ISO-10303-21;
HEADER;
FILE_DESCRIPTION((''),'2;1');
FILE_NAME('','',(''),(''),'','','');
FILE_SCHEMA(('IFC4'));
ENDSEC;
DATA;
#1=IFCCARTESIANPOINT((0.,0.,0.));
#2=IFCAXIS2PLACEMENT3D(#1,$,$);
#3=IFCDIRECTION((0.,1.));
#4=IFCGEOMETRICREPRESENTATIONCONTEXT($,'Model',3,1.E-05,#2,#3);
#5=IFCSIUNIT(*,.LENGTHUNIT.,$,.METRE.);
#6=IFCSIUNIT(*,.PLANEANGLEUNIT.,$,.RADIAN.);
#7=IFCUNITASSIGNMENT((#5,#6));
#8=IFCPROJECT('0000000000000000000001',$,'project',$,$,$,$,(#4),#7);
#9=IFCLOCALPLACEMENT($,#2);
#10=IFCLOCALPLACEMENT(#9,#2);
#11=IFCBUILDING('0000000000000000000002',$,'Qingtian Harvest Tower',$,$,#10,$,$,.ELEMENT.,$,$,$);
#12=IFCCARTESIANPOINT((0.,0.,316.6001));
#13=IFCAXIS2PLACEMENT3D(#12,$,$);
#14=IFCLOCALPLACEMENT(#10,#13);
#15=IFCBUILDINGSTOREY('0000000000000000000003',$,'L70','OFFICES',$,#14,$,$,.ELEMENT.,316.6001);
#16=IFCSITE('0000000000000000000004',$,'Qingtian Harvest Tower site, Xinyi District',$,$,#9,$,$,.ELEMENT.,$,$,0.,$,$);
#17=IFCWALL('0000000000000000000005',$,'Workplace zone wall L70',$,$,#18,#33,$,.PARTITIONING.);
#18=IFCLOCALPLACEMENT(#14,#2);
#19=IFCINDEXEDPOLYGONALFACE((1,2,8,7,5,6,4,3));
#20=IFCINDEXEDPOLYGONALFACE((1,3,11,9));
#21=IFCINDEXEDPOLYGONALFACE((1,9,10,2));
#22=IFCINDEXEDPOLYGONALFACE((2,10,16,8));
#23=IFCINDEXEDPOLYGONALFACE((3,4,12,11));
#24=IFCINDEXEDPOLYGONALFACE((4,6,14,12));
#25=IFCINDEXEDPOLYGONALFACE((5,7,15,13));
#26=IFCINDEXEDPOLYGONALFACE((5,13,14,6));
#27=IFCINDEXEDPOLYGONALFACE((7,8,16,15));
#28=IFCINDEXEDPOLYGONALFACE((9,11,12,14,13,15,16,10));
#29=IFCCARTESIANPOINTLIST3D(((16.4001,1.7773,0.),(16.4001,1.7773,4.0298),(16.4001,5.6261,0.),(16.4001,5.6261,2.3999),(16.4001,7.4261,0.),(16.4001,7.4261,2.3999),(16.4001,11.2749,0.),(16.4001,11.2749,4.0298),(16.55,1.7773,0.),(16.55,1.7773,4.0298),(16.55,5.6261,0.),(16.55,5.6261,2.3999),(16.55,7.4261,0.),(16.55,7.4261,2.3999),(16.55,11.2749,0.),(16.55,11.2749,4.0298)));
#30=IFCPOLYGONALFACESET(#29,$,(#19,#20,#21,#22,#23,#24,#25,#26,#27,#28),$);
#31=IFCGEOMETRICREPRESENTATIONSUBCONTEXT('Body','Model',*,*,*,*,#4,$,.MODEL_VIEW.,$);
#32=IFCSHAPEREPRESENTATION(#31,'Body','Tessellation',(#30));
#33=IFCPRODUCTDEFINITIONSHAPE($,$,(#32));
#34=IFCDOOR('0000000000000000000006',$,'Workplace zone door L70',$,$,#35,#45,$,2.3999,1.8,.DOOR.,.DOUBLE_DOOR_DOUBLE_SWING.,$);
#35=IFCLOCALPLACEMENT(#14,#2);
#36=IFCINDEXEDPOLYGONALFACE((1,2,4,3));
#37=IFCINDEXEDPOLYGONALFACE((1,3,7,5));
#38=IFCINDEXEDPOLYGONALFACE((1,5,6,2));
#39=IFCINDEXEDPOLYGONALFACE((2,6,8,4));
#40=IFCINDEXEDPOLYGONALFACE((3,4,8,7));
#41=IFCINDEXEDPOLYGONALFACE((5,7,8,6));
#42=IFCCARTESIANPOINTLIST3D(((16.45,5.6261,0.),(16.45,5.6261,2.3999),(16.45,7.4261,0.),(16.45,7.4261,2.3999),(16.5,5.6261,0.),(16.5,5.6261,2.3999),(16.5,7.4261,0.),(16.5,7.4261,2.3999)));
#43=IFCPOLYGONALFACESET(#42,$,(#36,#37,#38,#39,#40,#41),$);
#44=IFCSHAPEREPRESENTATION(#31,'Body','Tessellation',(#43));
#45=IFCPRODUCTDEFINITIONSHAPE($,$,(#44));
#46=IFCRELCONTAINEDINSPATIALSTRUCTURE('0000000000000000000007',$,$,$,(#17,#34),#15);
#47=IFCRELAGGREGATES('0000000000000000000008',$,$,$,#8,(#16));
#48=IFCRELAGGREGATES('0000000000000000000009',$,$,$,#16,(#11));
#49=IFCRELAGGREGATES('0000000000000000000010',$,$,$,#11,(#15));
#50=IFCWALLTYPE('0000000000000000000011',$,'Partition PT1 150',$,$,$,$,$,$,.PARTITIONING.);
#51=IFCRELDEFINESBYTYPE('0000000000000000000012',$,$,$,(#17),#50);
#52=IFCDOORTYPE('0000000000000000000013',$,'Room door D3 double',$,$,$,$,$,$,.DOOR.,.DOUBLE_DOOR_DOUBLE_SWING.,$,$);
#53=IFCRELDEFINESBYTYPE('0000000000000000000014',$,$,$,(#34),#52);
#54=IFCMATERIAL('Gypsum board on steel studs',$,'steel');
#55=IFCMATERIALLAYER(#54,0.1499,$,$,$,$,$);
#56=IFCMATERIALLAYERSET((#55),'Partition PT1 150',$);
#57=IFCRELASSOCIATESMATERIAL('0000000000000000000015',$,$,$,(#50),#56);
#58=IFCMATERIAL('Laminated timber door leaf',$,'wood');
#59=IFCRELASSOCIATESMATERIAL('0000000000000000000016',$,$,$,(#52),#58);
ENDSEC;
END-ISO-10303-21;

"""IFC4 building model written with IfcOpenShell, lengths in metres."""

from ifc_helpers import new_model, si_unit, direction, frame, frame_2d, origin, place, context, subcontext, project, spatial, rectangle, extrude, material, layer, layer_set, type_object, element, fill, save


model = new_model("IFC4")

# Units and contexts
model_context = context("Model", 3, precision=1e-05, world=origin(), true_north=direction((0.0, 1.0)))
body_context = subcontext(model_context, "Body", "Model", "MODEL_VIEW")
ifc_project = project(units=[si_unit("LENGTHUNIT", "METRE"), si_unit("PLANEANGLEUNIT", "RADIAN")], contexts=[model_context])

# Site, building, storey
site_placement = place(None, origin())
site = spatial("IfcSite", under=ifc_project, at=site_placement, Name="Qingtian Harvest Tower site, Xinyi District", CompositionType="ELEMENT", RefElevation=0.0)
building_placement = place(site_placement, origin())
building = spatial("IfcBuilding", under=site, at=building_placement, Name="Qingtian Harvest Tower", CompositionType="ELEMENT")
storey_placement = place(building_placement, frame((0.0, 0.0, 316.6001)))
storey = spatial("IfcBuildingStorey", under=building, at=storey_placement, Name="L70", Description="OFFICES", CompositionType="ELEMENT", Elevation=316.6001)

# Shared definitions
ifc_material_1 = material(Name="Gypsum board on steel studs", Category="steel")
ifc_layer_1 = layer(ifc_material_1, 0.1499)
ifc_layer_set_1 = layer_set([ifc_layer_1], Name="Partition PT1 150")
wall_type = type_object("IfcWallType", Name="Partition PT1 150", PredefinedType="PARTITIONING", material=ifc_layer_set_1)

# Wall, opening, door
wall_1_placement = place(storey_placement, frame((16.4751, 11.2749, 0.0), z_axis=(0.0, 0.0, 1.0), x_axis=(0.0, -1.0, 0.0)))
wall_1 = element("IfcWall", 1, at=wall_1_placement, inside=storey, type_object=wall_type, Name="Workplace zone wall L70", PredefinedType="PARTITIONING", context=body_context, shape_type="SweptSolid", body=[
    extrude(rectangle(XDim=9.4976, YDim=0.1499, at=frame_2d((4.7488, 0.0))), origin(), (0.0, 0.0, 1.0), 4.0298),
])
opening_placement = place(wall_1_placement, frame((3.8489, 0.0, 0.0)))
opening = element("IfcOpeningElement", 2, at=opening_placement, cuts=wall_1, PredefinedType="OPENING", context=body_context, shape_type="SweptSolid", body=[
    extrude(rectangle(XDim=1.8, YDim=2.3999, at=frame_2d((0.8999, 1.2))), frame((0.0, 0.085, 0.0), z_axis=(0.0, -1.0, 0.0), x_axis=(1.0, 0.0, 0.0)), (0.0, 0.0, 1.0), 0.1699),
])
ifc_material_2 = material(Name="Laminated timber door leaf", Category="wood")
door_type = type_object("IfcDoorType", Name="Room door D3 double", OperationType="DOUBLE_DOOR_DOUBLE_SWING", PredefinedType="DOOR", material=ifc_material_2)
door_placement = place(opening_placement, origin())
door = element("IfcDoor", 3, at=door_placement, inside=storey, type_object=door_type, Name="Workplace zone door L70", OperationType="DOUBLE_DOOR_DOUBLE_SWING", OverallHeight=2.3999, OverallWidth=1.8, PredefinedType="DOOR", context=body_context, shape_type="SweptSolid", body=[
    extrude(rectangle(XDim=1.8, YDim=2.3999, at=frame_2d((0.8999, 1.2))), frame((0.0, 0.0249, 0.0), z_axis=(0.0, -1.0, 0.0), x_axis=(1.0, 0.0, 0.0)), (0.0, 0.0, 1.0), 0.05),
])
fill(opening, door)

save(model, "model.ifc")
